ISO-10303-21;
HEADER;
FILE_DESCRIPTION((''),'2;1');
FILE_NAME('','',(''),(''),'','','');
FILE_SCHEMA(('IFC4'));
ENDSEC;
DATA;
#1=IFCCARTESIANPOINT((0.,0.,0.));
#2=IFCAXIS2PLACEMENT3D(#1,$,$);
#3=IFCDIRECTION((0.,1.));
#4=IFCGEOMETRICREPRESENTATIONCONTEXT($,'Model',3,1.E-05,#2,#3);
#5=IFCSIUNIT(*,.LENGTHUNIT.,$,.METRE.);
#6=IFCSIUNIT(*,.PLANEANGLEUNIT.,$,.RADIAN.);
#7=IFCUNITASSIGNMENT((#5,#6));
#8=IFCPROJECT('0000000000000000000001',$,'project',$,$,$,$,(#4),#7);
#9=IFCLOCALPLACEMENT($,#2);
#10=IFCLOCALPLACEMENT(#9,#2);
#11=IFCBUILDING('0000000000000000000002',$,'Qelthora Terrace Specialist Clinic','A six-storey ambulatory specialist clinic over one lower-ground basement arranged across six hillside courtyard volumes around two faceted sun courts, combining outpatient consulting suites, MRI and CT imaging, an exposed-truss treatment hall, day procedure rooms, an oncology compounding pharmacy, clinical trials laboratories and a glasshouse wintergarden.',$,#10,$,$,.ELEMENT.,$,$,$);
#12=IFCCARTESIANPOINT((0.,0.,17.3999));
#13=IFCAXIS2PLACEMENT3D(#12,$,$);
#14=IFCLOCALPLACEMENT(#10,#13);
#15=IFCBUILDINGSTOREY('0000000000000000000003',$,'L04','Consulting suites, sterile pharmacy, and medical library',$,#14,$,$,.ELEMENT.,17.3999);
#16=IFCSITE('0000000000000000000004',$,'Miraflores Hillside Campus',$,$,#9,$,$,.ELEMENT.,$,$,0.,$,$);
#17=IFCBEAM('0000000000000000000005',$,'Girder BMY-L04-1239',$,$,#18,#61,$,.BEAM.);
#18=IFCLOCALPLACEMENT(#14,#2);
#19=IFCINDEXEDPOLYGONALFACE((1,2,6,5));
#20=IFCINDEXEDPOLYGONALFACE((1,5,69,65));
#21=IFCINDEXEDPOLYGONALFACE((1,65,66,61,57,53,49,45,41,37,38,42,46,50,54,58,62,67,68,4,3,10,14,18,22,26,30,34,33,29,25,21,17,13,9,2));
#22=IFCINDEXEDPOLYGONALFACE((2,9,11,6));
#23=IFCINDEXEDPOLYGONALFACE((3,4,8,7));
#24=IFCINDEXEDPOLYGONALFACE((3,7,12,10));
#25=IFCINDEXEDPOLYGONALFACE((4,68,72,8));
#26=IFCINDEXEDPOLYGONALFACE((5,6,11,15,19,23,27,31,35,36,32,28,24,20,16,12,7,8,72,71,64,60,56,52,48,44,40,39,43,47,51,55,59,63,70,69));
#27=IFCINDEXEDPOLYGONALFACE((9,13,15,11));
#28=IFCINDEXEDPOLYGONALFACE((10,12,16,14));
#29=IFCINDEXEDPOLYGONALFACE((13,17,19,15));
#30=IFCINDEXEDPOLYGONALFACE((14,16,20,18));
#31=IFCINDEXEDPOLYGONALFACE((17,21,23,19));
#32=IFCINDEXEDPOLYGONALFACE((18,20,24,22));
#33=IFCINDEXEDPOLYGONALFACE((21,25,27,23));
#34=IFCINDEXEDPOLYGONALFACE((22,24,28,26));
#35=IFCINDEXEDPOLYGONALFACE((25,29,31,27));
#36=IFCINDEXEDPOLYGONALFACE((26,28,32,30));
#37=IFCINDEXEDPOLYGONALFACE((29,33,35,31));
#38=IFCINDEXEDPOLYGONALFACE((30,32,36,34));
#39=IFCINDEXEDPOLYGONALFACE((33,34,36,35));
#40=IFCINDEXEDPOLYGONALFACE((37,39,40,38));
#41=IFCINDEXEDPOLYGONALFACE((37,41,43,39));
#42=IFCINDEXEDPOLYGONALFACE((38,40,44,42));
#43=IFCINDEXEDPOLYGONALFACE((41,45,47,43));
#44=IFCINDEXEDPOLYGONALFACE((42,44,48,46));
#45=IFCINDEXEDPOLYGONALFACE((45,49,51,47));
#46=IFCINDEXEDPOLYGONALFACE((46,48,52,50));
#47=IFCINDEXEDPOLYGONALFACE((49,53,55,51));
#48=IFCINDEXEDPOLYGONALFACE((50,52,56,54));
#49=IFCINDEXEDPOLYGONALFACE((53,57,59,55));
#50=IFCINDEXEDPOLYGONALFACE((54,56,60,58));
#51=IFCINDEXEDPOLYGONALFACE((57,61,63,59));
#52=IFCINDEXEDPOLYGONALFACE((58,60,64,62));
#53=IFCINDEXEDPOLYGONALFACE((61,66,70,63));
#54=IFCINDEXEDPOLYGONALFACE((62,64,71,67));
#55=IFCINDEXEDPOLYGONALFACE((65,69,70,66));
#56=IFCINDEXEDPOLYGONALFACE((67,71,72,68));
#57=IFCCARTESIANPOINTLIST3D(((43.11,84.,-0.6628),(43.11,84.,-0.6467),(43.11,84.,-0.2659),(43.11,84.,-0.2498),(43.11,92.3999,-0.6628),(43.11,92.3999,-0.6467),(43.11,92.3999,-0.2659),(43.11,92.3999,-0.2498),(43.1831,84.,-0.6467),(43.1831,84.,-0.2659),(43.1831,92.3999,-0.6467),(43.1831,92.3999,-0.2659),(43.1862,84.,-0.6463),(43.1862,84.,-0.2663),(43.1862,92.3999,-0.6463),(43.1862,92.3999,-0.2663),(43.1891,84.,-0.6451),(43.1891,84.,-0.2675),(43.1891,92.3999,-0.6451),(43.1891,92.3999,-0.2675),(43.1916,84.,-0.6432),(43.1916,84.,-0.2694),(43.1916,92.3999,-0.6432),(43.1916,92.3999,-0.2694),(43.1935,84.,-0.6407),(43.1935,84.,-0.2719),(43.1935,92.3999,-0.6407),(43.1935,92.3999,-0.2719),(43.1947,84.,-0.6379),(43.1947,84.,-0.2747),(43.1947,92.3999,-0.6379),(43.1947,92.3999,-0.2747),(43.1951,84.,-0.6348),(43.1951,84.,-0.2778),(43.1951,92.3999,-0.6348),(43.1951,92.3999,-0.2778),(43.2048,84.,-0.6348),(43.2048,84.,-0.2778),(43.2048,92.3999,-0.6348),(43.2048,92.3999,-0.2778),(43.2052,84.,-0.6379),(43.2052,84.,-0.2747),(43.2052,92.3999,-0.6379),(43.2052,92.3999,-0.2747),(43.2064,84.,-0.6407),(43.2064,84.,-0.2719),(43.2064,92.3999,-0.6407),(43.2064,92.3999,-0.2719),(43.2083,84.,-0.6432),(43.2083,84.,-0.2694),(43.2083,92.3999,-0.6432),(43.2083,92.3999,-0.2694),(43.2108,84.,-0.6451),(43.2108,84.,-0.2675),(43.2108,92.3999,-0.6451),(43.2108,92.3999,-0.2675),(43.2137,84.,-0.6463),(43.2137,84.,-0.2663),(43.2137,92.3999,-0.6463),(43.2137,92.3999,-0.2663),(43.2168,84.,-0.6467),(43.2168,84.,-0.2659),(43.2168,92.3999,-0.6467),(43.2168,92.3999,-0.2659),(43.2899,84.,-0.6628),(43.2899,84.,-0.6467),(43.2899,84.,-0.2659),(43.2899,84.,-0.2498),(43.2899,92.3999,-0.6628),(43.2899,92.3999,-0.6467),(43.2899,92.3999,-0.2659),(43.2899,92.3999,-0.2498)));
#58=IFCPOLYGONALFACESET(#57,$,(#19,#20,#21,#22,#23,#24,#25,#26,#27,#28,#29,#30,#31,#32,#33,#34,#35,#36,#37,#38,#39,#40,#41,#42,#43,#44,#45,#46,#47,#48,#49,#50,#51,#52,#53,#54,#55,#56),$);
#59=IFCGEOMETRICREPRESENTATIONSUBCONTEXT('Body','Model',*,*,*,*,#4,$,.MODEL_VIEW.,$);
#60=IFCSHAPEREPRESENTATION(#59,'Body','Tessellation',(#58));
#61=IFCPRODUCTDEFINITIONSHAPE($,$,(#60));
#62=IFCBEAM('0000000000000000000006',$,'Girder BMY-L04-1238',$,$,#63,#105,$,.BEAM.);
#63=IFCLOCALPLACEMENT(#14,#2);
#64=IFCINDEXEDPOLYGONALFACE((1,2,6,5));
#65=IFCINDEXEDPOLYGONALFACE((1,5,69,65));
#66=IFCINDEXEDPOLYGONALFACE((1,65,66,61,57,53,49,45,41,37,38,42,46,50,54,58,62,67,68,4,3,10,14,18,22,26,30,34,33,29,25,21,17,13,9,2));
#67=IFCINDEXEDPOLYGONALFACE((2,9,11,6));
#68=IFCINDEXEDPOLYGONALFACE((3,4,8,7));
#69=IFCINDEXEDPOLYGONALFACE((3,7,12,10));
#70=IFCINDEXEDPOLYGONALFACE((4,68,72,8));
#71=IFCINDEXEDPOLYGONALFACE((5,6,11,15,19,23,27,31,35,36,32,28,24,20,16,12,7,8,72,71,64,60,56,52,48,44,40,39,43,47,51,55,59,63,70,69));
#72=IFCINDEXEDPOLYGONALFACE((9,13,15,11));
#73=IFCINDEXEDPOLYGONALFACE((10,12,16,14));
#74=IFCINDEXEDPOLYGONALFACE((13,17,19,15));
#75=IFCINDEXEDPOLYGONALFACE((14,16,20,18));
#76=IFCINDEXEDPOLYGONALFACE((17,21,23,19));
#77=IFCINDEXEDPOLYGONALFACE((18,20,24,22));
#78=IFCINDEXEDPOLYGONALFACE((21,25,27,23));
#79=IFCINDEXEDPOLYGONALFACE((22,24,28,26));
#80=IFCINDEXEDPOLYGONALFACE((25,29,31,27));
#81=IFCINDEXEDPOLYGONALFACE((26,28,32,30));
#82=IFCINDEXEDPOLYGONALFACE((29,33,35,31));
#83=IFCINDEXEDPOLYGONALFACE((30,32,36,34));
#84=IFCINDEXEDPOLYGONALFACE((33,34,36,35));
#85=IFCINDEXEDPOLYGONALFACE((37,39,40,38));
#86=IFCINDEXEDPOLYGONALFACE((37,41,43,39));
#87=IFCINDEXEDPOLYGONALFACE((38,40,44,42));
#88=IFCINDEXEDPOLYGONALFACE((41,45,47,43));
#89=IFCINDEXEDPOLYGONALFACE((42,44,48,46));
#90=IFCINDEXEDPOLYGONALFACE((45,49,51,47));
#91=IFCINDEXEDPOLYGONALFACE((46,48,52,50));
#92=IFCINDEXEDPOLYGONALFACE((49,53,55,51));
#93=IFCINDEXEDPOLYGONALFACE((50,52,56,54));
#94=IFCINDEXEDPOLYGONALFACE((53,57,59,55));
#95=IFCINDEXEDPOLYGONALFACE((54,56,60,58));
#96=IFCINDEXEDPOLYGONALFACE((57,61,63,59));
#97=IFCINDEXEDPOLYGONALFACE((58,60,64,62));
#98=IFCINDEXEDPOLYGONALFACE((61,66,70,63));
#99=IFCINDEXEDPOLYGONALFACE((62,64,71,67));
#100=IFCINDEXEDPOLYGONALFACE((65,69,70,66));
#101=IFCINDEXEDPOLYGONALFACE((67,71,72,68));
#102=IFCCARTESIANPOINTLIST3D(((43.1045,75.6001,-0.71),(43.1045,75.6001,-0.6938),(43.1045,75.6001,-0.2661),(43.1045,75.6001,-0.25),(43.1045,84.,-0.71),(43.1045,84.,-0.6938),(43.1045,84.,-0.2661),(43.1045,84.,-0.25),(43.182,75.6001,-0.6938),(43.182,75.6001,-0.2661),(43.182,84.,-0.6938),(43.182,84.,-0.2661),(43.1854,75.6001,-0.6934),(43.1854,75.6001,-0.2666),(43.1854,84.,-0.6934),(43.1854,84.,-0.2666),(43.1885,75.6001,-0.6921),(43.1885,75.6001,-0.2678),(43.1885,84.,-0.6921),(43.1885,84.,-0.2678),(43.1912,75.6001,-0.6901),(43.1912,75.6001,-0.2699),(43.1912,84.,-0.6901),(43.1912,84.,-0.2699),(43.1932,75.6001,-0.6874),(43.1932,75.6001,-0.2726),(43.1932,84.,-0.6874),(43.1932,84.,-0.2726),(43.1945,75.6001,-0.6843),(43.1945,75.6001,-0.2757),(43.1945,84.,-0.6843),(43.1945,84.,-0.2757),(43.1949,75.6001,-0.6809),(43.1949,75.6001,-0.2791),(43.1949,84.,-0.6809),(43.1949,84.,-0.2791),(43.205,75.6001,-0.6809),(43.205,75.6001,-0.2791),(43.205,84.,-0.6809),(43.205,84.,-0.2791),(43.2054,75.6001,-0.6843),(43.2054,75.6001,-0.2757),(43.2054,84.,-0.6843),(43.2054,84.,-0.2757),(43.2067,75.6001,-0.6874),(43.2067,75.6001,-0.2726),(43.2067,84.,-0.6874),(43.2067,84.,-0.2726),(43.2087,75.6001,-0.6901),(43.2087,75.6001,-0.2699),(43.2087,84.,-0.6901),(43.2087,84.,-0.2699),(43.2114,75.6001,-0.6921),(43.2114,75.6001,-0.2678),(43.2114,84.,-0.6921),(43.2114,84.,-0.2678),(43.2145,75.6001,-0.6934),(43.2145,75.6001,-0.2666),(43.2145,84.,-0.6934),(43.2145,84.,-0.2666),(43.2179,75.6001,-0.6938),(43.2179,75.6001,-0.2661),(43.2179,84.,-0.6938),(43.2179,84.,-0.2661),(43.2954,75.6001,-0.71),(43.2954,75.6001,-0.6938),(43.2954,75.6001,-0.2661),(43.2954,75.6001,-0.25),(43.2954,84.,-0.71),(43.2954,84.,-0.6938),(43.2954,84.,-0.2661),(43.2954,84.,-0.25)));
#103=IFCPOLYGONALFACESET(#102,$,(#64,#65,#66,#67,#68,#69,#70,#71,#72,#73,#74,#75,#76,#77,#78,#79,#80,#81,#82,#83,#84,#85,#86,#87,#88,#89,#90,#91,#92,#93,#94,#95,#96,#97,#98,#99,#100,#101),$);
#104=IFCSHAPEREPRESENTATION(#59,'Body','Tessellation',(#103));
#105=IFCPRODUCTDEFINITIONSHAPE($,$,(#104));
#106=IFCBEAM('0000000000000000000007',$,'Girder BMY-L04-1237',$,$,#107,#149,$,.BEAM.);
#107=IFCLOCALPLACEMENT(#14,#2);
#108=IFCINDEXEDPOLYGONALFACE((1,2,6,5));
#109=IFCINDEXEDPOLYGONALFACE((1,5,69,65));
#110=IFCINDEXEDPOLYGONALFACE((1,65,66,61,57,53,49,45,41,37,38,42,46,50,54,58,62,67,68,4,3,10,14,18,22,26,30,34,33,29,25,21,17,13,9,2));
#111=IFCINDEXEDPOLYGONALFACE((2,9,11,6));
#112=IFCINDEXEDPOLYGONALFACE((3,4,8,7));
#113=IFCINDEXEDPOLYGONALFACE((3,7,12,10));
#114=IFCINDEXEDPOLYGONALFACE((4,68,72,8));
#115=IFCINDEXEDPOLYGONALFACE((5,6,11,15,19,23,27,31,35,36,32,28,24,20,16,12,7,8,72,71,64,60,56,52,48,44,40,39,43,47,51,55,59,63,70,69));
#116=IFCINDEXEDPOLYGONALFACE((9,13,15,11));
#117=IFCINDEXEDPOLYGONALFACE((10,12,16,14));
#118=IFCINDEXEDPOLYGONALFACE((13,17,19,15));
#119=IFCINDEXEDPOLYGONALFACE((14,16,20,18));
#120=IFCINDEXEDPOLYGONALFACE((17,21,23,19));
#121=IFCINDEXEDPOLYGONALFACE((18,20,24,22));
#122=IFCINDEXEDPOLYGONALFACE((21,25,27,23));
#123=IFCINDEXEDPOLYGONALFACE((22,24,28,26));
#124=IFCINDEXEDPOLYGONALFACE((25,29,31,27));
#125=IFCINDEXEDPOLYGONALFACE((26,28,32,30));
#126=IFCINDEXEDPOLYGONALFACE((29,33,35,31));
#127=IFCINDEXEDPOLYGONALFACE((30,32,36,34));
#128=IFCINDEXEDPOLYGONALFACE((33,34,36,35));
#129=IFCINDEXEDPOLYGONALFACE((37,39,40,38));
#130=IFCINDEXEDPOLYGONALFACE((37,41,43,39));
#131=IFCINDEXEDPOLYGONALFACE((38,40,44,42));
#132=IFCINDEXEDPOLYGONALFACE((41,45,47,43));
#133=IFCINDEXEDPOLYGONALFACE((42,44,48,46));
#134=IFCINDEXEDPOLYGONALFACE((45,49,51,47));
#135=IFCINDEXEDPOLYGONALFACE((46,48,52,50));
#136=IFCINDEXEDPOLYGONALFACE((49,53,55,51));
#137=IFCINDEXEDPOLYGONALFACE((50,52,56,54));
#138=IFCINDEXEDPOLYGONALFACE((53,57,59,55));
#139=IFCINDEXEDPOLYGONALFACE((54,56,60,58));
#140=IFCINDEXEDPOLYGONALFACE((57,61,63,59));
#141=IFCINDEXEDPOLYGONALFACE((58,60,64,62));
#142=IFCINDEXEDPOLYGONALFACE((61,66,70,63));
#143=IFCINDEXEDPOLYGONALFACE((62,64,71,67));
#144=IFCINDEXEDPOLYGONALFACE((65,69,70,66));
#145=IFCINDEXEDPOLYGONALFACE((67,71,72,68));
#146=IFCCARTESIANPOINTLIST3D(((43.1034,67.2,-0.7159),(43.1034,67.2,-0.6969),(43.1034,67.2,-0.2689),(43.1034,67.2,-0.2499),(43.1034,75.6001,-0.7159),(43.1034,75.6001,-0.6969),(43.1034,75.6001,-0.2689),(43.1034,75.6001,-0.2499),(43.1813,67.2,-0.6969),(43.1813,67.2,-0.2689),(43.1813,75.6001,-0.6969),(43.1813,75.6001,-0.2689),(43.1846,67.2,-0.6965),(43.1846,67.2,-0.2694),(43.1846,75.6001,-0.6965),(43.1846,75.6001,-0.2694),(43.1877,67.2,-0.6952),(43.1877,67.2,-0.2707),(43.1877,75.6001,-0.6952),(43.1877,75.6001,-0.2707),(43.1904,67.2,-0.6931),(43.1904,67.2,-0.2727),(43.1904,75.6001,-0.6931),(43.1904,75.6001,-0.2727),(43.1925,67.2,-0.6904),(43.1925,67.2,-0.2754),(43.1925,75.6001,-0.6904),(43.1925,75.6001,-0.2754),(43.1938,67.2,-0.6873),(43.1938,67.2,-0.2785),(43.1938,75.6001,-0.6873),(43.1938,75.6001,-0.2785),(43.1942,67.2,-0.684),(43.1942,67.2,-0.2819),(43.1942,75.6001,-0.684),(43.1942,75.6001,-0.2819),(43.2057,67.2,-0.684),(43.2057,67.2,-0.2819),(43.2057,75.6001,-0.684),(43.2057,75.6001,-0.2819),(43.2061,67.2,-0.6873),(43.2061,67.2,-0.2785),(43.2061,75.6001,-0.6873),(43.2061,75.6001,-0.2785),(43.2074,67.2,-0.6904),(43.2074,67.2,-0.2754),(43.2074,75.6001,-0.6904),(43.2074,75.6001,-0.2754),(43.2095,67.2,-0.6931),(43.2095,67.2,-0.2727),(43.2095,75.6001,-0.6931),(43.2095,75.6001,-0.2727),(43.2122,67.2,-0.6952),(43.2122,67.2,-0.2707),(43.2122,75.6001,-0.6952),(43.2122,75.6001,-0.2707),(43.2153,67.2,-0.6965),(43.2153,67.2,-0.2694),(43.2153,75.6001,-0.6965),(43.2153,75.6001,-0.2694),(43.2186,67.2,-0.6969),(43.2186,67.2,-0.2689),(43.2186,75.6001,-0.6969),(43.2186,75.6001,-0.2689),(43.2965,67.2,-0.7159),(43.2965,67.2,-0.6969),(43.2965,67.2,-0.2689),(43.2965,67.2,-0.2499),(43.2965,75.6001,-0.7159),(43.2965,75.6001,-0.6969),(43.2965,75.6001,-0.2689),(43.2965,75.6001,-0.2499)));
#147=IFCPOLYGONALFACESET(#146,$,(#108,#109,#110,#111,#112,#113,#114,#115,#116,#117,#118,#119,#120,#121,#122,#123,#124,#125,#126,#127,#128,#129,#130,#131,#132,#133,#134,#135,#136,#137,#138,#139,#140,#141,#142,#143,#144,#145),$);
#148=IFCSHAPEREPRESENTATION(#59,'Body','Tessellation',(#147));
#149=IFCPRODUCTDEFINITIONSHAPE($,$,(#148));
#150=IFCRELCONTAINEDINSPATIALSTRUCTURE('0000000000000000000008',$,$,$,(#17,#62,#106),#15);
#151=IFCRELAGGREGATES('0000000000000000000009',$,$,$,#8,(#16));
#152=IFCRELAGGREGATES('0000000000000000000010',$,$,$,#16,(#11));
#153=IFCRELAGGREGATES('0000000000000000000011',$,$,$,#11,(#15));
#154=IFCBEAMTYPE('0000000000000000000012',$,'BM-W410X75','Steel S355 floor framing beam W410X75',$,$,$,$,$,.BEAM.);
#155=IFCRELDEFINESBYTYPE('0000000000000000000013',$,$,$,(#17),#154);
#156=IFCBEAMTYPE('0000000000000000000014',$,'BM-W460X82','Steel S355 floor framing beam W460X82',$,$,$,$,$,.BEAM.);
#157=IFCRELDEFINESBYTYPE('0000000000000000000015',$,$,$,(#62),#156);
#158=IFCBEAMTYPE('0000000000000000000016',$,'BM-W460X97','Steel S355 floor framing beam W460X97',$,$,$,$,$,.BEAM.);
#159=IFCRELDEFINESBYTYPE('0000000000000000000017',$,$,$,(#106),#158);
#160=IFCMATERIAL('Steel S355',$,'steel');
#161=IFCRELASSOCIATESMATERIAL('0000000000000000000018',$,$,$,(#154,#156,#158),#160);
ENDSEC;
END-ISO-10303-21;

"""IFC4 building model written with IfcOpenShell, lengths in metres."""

from ifc_helpers import new_model, si_unit, direction, frame, origin, origin_2d, place, context, subcontext, project, spatial, i_section, extrude, material, material_profile, profile_set, type_object, element, save


model = new_model("IFC4")

# Units and contexts
model_context = context("Model", 3, precision=1e-05, world=origin(), true_north=direction((0.0, 1.0)))
body_context = subcontext(model_context, "Body", "Model", "MODEL_VIEW")
ifc_project = project(units=[si_unit("LENGTHUNIT", "METRE"), si_unit("PLANEANGLEUNIT", "RADIAN")], contexts=[model_context])

# Site, building, storey
site_placement = place(None, origin())
site = spatial("IfcSite", under=ifc_project, at=site_placement, Name="Miraflores Hillside Campus", CompositionType="ELEMENT", RefElevation=0.0)
building_placement = place(site_placement, origin())
building = spatial("IfcBuilding", under=site, at=building_placement, Name="Qelthora Terrace Specialist Clinic", Description="A six-storey ambulatory specialist clinic over one lower-ground basement arranged across six hillside courtyard volumes around two faceted sun courts, combining outpatient consulting suites, MRI and CT imaging, an exposed-truss treatment hall, day procedure rooms, an oncology compounding pharmacy, clinical trials laboratories and a glasshouse wintergarden.", CompositionType="ELEMENT")
storey_placement = place(building_placement, frame((0.0, 0.0, 17.3999)))
storey = spatial("IfcBuildingStorey", under=building, at=storey_placement, Name="L04", Description="Consulting suites, sterile pharmacy, and medical library", CompositionType="ELEMENT", Elevation=17.3999)

# Shared definitions
ifc_material_1 = material(Name="Steel S355", Category="steel")

# Beams
ifc_material_profile_1 = material_profile(ifc_material_1, i_section(OverallWidth=0.1799, OverallDepth=0.4131, WebThickness=0.0098, FlangeThickness=0.0161, FilletRadius=0.012, at=origin_2d()), Name="W410X75")
ifc_profile_set_1 = profile_set([ifc_material_profile_1], Name="Steel S355")
beam_type_1 = type_object("IfcBeamType", Name="BM-W410X75", Description="Steel S355 floor framing beam W410X75", PredefinedType="BEAM", material=ifc_profile_set_1)
beam_1_placement = place(storey_placement, frame((43.2, 84.0, -0.4563), z_axis=(0.0, 1.0, 0.0), x_axis=(-1.0, 0.0, 0.0)))
element("IfcBeam", 1, at=beam_1_placement, inside=storey, type_object=beam_type_1, Name="Girder BMY-L04-1239", PredefinedType="BEAM", context=body_context, shape_type="SweptSolid", body=[
    extrude(i_section(OverallWidth=0.1799, OverallDepth=0.4131, WebThickness=0.0098, FlangeThickness=0.0161, FilletRadius=0.012, at=origin_2d()), origin(), (0.0, 0.0, 1.0), 8.3999),
])
ifc_material_profile_2 = material_profile(ifc_material_1, i_section(OverallWidth=0.1909, OverallDepth=0.46, WebThickness=0.01, FlangeThickness=0.0161, FilletRadius=0.0129, at=origin_2d()), Name="W460X82")
ifc_profile_set_2 = profile_set([ifc_material_profile_2], Name="Steel S355")
beam_type_2 = type_object("IfcBeamType", Name="BM-W460X82", Description="Steel S355 floor framing beam W460X82", PredefinedType="BEAM", material=ifc_profile_set_2)
beam_2_placement = place(storey_placement, frame((43.2, 75.6001, -0.48), z_axis=(0.0, 1.0, 0.0), x_axis=(-1.0, 0.0, 0.0)))
element("IfcBeam", 2, at=beam_2_placement, inside=storey, type_object=beam_type_2, Name="Girder BMY-L04-1238", PredefinedType="BEAM", context=body_context, shape_type="SweptSolid", body=[
    extrude(i_section(OverallWidth=0.1909, OverallDepth=0.46, WebThickness=0.01, FlangeThickness=0.0161, FilletRadius=0.0129, at=origin_2d()), origin(), (0.0, 0.0, 1.0), 8.3999),
])
ifc_material_profile_3 = material_profile(ifc_material_1, i_section(OverallWidth=0.1931, OverallDepth=0.4661, WebThickness=0.0115, FlangeThickness=0.019, FilletRadius=0.0129, at=origin_2d()), Name="W460X97")
ifc_profile_set_3 = profile_set([ifc_material_profile_3], Name="Steel S355")
beam_type_3 = type_object("IfcBeamType", Name="BM-W460X97", Description="Steel S355 floor framing beam W460X97", PredefinedType="BEAM", material=ifc_profile_set_3)
beam_3_placement = place(storey_placement, frame((43.2, 67.2, -0.4829), z_axis=(0.0, 1.0, 0.0), x_axis=(-1.0, 0.0, 0.0)))
element("IfcBeam", 3, at=beam_3_placement, inside=storey, type_object=beam_type_3, Name="Girder BMY-L04-1237", PredefinedType="BEAM", context=body_context, shape_type="SweptSolid", body=[
    extrude(i_section(OverallWidth=0.1931, OverallDepth=0.4661, WebThickness=0.0115, FlangeThickness=0.019, FilletRadius=0.0129, at=origin_2d()), origin(), (0.0, 0.0, 1.0), 8.4001),
])

save(model, "model.ifc")
